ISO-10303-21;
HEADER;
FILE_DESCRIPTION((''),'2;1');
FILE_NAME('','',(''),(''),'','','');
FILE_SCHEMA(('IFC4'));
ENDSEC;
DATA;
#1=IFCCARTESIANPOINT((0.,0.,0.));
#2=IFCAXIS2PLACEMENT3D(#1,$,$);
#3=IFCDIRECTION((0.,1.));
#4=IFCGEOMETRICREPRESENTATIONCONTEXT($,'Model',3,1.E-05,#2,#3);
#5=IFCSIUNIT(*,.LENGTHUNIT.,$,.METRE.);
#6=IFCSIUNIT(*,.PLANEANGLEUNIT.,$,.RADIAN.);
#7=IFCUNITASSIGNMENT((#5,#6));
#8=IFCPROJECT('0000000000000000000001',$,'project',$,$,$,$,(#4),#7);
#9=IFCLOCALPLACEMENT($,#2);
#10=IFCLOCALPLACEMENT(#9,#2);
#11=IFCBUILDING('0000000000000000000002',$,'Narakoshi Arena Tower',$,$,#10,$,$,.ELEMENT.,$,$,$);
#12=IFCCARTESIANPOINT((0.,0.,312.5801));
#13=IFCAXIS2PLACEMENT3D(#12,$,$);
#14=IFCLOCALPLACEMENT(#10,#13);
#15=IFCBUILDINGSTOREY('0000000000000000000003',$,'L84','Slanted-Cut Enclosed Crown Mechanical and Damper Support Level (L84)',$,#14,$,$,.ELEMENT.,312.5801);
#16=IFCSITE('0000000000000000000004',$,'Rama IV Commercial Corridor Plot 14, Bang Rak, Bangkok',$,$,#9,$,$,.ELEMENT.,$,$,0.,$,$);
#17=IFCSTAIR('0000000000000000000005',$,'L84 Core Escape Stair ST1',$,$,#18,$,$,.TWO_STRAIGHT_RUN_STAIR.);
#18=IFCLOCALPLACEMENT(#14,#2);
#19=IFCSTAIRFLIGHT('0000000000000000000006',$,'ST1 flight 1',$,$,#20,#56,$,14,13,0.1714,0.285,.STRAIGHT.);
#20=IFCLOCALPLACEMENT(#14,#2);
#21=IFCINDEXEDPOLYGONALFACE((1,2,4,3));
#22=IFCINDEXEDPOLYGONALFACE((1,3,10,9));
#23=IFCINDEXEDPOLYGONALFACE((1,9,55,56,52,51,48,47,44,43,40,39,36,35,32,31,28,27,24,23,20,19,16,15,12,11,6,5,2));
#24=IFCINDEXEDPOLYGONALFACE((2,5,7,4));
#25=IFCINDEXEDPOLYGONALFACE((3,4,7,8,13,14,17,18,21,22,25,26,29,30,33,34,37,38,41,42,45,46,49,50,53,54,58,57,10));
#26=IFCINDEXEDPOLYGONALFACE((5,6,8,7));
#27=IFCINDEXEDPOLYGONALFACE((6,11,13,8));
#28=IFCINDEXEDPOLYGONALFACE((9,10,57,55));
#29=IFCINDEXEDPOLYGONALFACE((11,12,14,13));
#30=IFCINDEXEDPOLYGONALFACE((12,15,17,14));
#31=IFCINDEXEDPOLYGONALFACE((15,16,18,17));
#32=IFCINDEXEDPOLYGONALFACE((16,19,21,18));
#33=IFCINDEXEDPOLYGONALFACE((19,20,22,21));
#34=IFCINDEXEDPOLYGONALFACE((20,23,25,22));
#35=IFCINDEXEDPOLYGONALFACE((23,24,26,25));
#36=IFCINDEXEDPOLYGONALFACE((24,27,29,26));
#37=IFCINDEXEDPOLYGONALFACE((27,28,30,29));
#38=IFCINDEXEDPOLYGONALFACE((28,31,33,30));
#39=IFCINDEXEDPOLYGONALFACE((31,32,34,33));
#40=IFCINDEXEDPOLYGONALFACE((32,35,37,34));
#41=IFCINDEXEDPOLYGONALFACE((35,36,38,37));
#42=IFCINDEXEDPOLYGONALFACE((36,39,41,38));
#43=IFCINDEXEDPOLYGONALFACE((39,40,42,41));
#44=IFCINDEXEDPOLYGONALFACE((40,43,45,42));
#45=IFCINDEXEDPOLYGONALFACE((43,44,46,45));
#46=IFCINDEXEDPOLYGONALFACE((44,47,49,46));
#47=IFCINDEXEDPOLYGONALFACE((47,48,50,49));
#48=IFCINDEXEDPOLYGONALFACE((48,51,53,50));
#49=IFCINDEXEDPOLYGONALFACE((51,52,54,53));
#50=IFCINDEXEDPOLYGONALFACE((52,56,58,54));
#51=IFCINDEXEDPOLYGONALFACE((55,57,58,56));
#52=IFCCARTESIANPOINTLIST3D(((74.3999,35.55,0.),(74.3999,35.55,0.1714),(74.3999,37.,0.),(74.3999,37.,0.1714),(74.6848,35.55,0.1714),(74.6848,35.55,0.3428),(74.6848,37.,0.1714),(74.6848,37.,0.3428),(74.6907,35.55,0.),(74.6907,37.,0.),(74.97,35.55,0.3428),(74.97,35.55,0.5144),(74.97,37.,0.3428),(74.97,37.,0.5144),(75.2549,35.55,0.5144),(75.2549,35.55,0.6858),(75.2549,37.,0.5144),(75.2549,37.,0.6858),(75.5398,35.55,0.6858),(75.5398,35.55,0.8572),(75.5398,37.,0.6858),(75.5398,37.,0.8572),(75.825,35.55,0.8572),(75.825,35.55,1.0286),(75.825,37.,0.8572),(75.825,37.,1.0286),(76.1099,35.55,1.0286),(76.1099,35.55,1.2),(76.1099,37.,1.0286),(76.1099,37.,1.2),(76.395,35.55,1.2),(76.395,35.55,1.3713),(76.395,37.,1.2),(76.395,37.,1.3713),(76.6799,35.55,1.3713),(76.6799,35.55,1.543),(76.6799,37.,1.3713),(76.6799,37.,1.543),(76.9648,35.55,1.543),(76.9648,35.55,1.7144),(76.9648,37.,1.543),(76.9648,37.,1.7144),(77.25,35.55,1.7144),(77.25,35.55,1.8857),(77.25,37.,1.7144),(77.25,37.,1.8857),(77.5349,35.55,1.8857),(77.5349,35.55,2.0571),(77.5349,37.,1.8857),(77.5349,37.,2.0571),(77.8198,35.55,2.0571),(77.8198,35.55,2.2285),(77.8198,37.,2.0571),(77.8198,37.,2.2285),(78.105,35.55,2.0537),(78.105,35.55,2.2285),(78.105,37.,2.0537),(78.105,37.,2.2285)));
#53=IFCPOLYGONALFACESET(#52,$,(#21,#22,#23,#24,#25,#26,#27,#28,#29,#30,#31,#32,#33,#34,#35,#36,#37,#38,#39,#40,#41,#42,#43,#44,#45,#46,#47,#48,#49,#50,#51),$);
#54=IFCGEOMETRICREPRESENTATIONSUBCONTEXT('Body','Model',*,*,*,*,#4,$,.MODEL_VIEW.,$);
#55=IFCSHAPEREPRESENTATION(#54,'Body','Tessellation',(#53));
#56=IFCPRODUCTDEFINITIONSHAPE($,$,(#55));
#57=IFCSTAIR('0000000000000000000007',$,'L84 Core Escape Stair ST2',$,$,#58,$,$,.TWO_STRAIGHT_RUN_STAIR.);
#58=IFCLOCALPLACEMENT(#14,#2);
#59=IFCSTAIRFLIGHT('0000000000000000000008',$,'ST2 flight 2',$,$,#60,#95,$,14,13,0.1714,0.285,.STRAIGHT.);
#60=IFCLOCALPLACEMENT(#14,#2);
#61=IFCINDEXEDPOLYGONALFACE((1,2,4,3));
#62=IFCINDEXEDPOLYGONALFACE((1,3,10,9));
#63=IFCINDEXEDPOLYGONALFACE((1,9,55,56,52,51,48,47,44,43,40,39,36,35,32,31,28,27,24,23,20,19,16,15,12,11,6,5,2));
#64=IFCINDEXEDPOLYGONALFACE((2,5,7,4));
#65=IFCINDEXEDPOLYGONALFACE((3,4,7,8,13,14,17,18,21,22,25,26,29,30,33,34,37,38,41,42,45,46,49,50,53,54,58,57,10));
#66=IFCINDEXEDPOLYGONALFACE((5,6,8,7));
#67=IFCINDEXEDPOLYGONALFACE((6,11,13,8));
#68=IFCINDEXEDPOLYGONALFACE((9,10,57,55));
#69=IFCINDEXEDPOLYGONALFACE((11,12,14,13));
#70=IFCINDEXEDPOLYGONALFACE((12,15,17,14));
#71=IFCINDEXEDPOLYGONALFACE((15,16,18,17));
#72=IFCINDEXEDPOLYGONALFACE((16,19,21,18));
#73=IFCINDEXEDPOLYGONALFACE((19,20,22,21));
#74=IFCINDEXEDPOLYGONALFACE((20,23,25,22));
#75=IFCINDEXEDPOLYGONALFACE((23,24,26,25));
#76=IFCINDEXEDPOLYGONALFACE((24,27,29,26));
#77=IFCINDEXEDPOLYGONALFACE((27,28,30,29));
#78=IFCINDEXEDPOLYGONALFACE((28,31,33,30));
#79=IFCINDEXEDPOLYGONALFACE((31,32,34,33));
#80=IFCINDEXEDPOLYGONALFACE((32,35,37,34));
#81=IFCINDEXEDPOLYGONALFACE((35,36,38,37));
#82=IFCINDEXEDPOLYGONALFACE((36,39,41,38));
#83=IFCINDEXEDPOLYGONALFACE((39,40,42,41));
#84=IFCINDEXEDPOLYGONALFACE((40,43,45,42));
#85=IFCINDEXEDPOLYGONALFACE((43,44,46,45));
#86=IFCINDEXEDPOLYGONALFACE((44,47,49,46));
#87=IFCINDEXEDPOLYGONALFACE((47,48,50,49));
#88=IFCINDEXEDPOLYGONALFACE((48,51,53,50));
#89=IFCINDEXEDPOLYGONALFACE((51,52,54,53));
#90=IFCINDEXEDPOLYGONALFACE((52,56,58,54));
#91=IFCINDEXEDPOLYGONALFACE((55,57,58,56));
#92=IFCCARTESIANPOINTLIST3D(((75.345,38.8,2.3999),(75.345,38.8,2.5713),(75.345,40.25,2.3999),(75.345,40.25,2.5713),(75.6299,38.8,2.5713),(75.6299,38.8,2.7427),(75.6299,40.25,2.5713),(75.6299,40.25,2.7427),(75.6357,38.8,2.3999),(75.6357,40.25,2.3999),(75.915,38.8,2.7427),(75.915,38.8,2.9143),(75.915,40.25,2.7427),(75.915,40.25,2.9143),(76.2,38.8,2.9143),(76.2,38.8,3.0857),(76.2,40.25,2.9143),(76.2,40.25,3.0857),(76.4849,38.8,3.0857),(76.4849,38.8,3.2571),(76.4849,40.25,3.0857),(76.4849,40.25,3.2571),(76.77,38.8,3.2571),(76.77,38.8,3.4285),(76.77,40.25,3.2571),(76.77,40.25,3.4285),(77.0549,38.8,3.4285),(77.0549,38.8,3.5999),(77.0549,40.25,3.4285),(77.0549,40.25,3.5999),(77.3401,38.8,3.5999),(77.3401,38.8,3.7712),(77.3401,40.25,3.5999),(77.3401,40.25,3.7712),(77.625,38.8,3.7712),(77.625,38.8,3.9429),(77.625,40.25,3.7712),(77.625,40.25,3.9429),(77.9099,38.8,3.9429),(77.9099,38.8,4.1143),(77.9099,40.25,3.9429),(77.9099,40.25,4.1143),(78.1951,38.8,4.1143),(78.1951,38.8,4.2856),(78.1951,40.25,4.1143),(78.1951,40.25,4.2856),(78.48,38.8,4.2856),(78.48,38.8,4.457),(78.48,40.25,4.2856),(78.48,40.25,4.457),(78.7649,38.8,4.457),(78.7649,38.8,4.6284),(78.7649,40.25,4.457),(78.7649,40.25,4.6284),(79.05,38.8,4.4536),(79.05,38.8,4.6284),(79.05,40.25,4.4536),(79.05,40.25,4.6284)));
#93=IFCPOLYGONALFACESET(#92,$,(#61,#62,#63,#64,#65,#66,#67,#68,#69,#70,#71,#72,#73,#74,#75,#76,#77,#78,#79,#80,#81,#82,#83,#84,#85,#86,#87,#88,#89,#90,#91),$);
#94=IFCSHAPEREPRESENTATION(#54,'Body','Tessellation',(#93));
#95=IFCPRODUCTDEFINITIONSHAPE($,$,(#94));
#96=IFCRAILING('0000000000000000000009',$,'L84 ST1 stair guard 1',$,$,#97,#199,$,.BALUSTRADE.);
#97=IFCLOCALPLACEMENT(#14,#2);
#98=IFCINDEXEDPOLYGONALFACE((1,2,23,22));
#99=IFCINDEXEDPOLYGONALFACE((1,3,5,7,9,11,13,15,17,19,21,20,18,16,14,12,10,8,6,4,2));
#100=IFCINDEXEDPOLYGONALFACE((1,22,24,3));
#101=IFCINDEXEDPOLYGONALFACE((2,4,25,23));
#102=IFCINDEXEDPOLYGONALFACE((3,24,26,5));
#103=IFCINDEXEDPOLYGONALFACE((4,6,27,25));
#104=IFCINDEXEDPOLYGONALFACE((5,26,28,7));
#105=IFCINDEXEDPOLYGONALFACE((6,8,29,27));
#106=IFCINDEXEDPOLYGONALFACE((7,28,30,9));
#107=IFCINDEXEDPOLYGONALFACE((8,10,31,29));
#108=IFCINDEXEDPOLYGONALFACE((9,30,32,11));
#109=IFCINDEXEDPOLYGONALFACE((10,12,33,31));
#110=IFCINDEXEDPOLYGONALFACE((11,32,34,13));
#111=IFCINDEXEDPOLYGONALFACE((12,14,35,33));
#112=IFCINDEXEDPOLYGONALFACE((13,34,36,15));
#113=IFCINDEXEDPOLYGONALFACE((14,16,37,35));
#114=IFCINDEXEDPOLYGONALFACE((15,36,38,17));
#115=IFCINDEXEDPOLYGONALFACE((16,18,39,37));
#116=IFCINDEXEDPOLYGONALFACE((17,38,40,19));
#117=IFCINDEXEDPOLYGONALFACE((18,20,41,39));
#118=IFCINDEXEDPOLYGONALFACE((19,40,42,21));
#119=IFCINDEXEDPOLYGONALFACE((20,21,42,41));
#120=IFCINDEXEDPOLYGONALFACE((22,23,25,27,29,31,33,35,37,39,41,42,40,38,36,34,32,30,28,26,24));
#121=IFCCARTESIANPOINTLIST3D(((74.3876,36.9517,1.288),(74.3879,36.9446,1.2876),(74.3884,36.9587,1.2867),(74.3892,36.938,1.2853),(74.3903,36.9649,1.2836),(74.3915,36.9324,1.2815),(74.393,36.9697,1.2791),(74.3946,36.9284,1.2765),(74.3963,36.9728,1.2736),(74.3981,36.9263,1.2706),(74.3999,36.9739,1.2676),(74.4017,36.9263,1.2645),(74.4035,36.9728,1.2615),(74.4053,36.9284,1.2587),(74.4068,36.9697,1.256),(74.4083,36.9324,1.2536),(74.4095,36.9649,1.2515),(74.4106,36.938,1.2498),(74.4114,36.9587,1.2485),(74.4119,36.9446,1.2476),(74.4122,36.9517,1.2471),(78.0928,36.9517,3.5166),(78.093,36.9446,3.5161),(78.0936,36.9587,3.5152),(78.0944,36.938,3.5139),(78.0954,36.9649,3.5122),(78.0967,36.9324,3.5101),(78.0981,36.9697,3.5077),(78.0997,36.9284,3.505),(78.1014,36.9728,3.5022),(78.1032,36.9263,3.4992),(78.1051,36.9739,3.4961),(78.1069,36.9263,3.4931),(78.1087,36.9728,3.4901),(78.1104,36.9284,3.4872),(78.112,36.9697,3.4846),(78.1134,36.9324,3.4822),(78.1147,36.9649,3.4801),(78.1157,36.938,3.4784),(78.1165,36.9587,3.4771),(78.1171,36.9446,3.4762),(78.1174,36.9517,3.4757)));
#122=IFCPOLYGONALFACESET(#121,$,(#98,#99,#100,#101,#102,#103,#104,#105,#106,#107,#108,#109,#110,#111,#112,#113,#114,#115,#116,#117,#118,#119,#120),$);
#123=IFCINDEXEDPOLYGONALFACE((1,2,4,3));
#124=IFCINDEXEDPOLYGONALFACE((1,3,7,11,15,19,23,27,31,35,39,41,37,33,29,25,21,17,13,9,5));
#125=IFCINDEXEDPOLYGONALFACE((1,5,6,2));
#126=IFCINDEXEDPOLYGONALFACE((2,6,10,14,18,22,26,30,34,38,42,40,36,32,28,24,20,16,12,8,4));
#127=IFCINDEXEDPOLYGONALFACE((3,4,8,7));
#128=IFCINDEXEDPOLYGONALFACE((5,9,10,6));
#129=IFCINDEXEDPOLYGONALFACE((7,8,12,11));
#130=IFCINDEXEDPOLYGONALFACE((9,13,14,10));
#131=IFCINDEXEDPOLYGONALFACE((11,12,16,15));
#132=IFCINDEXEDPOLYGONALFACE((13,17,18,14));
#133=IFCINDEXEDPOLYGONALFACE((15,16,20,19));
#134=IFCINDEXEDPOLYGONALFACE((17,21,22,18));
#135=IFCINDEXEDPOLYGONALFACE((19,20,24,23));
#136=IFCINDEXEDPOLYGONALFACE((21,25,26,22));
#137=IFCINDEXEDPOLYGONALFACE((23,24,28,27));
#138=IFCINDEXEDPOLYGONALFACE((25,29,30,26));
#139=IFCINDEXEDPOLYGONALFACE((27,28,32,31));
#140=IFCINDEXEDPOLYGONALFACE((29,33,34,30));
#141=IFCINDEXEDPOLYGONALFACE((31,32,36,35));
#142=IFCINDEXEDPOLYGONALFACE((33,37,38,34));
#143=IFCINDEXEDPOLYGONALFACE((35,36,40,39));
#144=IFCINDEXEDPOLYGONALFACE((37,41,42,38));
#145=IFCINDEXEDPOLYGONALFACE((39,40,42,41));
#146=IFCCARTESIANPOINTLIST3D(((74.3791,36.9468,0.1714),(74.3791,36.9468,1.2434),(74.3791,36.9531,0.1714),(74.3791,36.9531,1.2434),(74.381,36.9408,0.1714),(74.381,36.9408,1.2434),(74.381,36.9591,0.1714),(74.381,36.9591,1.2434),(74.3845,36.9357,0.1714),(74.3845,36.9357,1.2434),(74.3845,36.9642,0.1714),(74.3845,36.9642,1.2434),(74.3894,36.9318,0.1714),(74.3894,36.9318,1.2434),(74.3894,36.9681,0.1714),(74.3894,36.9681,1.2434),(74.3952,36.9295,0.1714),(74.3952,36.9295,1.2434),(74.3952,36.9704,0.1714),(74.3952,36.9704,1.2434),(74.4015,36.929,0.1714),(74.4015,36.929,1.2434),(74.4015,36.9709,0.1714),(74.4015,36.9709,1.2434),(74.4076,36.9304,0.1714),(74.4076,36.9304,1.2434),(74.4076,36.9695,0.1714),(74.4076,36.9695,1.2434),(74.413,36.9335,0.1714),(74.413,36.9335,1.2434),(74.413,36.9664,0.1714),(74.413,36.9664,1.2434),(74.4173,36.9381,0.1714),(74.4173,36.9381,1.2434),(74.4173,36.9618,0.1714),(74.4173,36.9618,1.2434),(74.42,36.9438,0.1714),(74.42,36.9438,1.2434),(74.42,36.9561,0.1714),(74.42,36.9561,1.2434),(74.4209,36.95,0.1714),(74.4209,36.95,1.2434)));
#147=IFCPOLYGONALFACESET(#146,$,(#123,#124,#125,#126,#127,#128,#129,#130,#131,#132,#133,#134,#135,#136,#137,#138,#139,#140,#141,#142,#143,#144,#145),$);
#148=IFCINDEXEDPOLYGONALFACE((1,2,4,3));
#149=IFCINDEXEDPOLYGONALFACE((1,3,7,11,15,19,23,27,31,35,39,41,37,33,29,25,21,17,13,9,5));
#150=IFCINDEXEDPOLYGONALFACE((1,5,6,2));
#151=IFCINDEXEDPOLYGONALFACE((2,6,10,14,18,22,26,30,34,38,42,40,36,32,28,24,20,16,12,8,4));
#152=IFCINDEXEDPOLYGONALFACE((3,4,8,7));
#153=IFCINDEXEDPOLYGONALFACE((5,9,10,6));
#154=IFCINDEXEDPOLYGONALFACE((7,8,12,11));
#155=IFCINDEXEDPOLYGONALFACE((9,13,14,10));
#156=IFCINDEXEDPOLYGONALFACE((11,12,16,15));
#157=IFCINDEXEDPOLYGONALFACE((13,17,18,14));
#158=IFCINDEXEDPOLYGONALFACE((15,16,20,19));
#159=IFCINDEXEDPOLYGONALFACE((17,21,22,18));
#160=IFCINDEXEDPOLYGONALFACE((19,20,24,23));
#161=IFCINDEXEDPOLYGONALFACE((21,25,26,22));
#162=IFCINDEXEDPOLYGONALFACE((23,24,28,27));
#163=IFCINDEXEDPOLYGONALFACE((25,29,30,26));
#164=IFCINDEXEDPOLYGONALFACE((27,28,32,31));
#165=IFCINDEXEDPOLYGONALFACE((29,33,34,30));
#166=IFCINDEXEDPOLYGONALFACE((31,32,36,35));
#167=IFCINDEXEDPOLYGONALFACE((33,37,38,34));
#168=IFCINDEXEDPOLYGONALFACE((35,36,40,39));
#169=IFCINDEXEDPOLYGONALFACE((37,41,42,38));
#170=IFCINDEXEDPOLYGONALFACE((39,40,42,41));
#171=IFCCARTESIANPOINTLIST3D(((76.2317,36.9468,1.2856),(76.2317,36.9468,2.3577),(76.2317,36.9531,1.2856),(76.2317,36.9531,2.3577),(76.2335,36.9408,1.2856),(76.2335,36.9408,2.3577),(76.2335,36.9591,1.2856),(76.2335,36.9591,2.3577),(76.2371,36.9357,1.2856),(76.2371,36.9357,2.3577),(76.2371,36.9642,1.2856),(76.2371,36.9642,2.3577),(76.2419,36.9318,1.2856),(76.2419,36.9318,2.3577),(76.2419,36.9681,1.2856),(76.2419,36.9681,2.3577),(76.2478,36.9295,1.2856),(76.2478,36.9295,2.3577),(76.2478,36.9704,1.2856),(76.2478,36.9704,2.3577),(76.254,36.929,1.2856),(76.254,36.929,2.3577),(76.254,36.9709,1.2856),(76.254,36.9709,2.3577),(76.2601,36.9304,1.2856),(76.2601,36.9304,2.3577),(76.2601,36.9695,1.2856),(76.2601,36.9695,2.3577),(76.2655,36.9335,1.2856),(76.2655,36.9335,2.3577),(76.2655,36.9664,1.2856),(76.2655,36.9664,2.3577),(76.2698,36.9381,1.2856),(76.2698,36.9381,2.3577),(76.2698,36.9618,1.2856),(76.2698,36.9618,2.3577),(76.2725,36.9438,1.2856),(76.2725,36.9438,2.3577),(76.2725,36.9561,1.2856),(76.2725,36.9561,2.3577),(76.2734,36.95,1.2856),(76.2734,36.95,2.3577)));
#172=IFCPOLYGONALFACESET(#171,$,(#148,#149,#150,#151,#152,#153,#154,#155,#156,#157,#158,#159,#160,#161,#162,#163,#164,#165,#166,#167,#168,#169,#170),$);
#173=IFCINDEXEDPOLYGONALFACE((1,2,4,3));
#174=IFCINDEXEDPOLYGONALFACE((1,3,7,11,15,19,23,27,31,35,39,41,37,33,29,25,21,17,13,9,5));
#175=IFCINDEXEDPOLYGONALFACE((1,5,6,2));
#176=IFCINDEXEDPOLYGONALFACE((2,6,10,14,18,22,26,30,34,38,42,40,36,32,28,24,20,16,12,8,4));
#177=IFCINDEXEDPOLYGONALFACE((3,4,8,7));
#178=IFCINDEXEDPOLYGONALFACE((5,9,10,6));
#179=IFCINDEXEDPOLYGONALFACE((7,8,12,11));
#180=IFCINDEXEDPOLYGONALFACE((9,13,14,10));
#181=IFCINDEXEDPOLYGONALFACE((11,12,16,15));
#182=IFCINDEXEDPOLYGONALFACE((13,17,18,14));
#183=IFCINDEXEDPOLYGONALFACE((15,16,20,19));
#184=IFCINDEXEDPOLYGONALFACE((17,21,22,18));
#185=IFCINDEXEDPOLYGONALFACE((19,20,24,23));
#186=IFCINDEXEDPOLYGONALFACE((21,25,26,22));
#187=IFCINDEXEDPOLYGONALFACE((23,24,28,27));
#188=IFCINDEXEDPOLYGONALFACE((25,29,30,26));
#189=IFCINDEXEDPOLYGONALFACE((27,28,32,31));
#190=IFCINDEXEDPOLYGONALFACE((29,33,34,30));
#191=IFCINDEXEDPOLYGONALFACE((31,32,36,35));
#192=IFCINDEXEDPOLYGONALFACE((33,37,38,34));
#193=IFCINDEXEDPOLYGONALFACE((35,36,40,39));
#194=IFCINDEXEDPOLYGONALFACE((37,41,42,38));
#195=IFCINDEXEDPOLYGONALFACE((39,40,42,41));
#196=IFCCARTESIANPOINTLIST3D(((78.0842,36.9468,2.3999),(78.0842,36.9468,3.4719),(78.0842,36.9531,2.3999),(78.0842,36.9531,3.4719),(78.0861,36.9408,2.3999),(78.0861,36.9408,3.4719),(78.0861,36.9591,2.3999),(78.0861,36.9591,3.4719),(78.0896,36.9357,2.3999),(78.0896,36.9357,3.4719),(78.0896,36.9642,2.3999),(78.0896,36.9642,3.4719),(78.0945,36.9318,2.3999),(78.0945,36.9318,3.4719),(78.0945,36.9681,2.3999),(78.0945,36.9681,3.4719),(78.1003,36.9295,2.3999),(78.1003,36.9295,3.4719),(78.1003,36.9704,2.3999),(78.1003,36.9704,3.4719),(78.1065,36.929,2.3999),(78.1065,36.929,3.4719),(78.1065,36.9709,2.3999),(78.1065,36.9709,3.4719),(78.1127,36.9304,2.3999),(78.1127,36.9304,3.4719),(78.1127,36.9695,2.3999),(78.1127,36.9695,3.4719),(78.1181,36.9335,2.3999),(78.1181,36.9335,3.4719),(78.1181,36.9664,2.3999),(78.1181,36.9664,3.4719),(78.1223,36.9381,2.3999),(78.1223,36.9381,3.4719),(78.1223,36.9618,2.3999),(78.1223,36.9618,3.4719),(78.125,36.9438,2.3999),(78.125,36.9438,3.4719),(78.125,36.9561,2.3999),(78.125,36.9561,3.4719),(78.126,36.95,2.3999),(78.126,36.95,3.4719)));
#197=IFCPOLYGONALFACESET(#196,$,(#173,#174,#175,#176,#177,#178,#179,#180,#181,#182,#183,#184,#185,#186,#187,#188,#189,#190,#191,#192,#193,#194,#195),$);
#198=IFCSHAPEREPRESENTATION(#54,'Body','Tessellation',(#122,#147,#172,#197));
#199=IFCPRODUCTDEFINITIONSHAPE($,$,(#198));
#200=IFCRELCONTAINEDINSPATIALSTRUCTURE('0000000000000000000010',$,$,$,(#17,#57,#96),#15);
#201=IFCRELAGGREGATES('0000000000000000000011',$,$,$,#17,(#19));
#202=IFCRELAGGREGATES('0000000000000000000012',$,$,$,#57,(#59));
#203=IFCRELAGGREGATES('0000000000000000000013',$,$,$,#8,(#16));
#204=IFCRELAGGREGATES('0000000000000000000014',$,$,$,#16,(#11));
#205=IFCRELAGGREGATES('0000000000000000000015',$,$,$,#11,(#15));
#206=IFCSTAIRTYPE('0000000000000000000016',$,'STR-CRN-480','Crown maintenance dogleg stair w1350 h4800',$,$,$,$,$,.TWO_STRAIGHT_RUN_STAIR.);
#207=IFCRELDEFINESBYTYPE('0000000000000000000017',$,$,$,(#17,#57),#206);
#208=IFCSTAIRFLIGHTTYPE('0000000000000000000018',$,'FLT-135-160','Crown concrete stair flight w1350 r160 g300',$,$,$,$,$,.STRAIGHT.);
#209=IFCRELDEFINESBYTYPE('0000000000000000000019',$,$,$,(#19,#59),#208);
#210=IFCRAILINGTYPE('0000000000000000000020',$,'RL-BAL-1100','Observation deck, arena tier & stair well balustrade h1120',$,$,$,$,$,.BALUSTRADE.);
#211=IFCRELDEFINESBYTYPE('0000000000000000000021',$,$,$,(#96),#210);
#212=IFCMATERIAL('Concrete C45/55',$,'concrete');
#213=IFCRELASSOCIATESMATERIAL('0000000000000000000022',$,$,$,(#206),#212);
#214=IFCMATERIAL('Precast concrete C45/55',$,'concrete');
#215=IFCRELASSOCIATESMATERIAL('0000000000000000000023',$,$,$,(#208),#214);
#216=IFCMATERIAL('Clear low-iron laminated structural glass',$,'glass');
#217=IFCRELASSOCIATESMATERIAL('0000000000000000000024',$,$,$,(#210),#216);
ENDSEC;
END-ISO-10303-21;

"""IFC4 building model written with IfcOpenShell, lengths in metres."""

from ifc_helpers import new_model, si_unit, direction, frame, origin, origin_2d, place, context, subcontext, project, spatial, polyline, circle, outline, extrude, material, type_object, element, aggregate, save


model = new_model("IFC4")

# Units and contexts
model_context = context("Model", 3, precision=1e-05, world=origin(), true_north=direction((0.0, 1.0)))
body_context = subcontext(model_context, "Body", "Model", "MODEL_VIEW")
ifc_project = project(units=[si_unit("LENGTHUNIT", "METRE"), si_unit("PLANEANGLEUNIT", "RADIAN")], contexts=[model_context])

# Site, building, storey
site_placement = place(None, origin())
site = spatial("IfcSite", under=ifc_project, at=site_placement, Name="Rama IV Commercial Corridor Plot 14, Bang Rak, Bangkok", CompositionType="ELEMENT", RefElevation=0.0)
building_placement = place(site_placement, origin())
building = spatial("IfcBuilding", under=site, at=building_placement, Name="Narakoshi Arena Tower", CompositionType="ELEMENT")
storey_placement = place(building_placement, frame((0.0, 0.0, 312.5801)))
storey = spatial("IfcBuildingStorey", under=building, at=storey_placement, Name="L84", Description="Slanted-Cut Enclosed Crown Mechanical and Damper Support Level (L84)", CompositionType="ELEMENT", Elevation=312.5801)

# Shared definitions
ifc_material_1 = material(Name="Precast concrete C45/55", Category="concrete")

# Stairs, stair flights
ifc_material_2 = material(Name="Concrete C45/55", Category="concrete")
stair_type = type_object("IfcStairType", Name="STR-CRN-480", Description="Crown maintenance dogleg stair w1350 h4800", PredefinedType="TWO_STRAIGHT_RUN_STAIR", material=ifc_material_2)
stair_1_placement = place(storey_placement, origin())
stair_1 = element("IfcStair", 1, at=stair_1_placement, inside=storey, type_object=stair_type, Name="L84 Core Escape Stair ST1", PredefinedType="TWO_STRAIGHT_RUN_STAIR")
stair_flight_type = type_object("IfcStairFlightType", Name="FLT-135-160", Description="Crown concrete stair flight w1350 r160 g300", PredefinedType="STRAIGHT", material=ifc_material_1)
stair_flight_1_placement = place(storey_placement, frame((74.3999, 36.2749, 0.0), z_axis=(0.0, 0.0, 1.0), x_axis=(1.0, 0.0, 0.0)))
stair_flight_1 = element("IfcStairFlight", 2, at=stair_flight_1_placement, type_object=stair_flight_type, Name="ST1 flight 1", NumberOfRisers=14, NumberOfTreads=13, PredefinedType="STRAIGHT", RiserHeight=0.1714, TreadLength=0.285, context=body_context, shape_type="SweptSolid", body=[
    extrude(outline(polyline([(0.0, 0.0), (0.0, 0.1714), (0.2849, 0.1714), (0.2849, 0.3428), (0.5701, 0.3428), (0.5701, 0.5144), (0.855, 0.5144), (0.855, 0.6858), (1.1399, 0.6858), (1.1399, 0.8572), (1.425, 0.8572), (1.425, 1.0286), (1.71, 1.0286), (1.71, 1.2), (1.9951, 1.2), (1.9951, 1.3713), (2.28, 1.3713), (2.28, 1.543), (2.5649, 1.543), (2.5649, 1.7144), (2.8501, 1.7144), (2.8501, 1.8857), (3.135, 1.8857), (3.135, 2.0571), (3.4199, 2.0571), (3.4199, 2.2285), (3.7051, 2.2285), (3.7051, 2.3999), (3.7051, 2.0537), (0.2908, 0.0), (0.0, 0.0)])), frame((0.0, 0.7251, 0.0), z_axis=(0.0, -1.0, 0.0), x_axis=(1.0, 0.0, 0.0)), (0.0, 0.0, 1.0), 1.45),
])
aggregate(stair_1, [stair_flight_1])
stair_2_placement = place(storey_placement, origin())
stair_2 = element("IfcStair", 3, at=stair_2_placement, inside=storey, type_object=stair_type, Name="L84 Core Escape Stair ST2", PredefinedType="TWO_STRAIGHT_RUN_STAIR")
stair_flight_2_placement = place(storey_placement, frame((75.345, 39.5249, 2.3999), z_axis=(0.0, 0.0, 1.0), x_axis=(1.0, 0.0, 0.0)))
stair_flight_2 = element("IfcStairFlight", 4, at=stair_flight_2_placement, type_object=stair_flight_type, Name="ST2 flight 2", NumberOfRisers=14, NumberOfTreads=13, PredefinedType="STRAIGHT", RiserHeight=0.1714, TreadLength=0.285, context=body_context, shape_type="SweptSolid", body=[
    extrude(outline(polyline([(0.0, 0.0), (0.0, 0.1714), (0.2849, 0.1714), (0.2849, 0.3428), (0.5701, 0.3428), (0.5701, 0.5144), (0.855, 0.5144), (0.855, 0.6858), (1.1399, 0.6858), (1.1399, 0.8572), (1.425, 0.8572), (1.425, 1.0286), (1.71, 1.0286), (1.71, 1.2), (1.9951, 1.2), (1.9951, 1.3713), (2.28, 1.3713), (2.28, 1.543), (2.5649, 1.543), (2.5649, 1.7144), (2.8501, 1.7144), (2.8501, 1.8857), (3.135, 1.8857), (3.135, 2.0571), (3.4199, 2.0571), (3.4199, 2.2285), (3.7051, 2.2285), (3.7051, 2.3999), (3.7051, 2.0537), (0.2908, 0.0), (0.0, 0.0)])), frame((0.0, 0.7251, 0.0), z_axis=(0.0, -1.0, 0.0), x_axis=(1.0, 0.0, 0.0)), (0.0, 0.0, 1.0), 1.45),
])
aggregate(stair_2, [stair_flight_2])

# Railing
ifc_material_3 = material(Name="Clear low-iron laminated structural glass", Category="glass")
railing_type_1 = type_object("IfcRailingType", Name="RL-BAL-1100", Description="Observation deck, arena tier & stair well balustrade h1120", PredefinedType="BALUSTRADE", material=ifc_material_3)
railing_1_placement = place(storey_placement, frame((74.3999, 36.95, 0.1714)))
element("IfcRailing", 5, at=railing_1_placement, inside=storey, type_object=railing_type_1, Name="L84 ST1 stair guard 1", PredefinedType="BALUSTRADE", context=body_context, shape_type="SweptSolid", body=[
    extrude(circle(Radius=0.0239, at=origin_2d()), frame((0.0, 0.0, 1.0962), z_axis=(0.856934, 0.0, 0.515425), x_axis=(0.0, 1.0, 0.0)), (0.0, 0.0, 1.0), 4.3237),
    extrude(circle(Radius=0.021, at=origin_2d()), origin(), (0.0, 0.0, 1.0), 1.072),
    extrude(circle(Radius=0.021, at=origin_2d()), frame((1.8525, 0.0, 1.1143)), (0.0, 0.0, 1.0), 1.072),
    extrude(circle(Radius=0.021, at=origin_2d()), frame((3.7051, 0.0, 2.2285)), (0.0, 0.0, 1.0), 1.072),
])

save(model, "model.ifc")
